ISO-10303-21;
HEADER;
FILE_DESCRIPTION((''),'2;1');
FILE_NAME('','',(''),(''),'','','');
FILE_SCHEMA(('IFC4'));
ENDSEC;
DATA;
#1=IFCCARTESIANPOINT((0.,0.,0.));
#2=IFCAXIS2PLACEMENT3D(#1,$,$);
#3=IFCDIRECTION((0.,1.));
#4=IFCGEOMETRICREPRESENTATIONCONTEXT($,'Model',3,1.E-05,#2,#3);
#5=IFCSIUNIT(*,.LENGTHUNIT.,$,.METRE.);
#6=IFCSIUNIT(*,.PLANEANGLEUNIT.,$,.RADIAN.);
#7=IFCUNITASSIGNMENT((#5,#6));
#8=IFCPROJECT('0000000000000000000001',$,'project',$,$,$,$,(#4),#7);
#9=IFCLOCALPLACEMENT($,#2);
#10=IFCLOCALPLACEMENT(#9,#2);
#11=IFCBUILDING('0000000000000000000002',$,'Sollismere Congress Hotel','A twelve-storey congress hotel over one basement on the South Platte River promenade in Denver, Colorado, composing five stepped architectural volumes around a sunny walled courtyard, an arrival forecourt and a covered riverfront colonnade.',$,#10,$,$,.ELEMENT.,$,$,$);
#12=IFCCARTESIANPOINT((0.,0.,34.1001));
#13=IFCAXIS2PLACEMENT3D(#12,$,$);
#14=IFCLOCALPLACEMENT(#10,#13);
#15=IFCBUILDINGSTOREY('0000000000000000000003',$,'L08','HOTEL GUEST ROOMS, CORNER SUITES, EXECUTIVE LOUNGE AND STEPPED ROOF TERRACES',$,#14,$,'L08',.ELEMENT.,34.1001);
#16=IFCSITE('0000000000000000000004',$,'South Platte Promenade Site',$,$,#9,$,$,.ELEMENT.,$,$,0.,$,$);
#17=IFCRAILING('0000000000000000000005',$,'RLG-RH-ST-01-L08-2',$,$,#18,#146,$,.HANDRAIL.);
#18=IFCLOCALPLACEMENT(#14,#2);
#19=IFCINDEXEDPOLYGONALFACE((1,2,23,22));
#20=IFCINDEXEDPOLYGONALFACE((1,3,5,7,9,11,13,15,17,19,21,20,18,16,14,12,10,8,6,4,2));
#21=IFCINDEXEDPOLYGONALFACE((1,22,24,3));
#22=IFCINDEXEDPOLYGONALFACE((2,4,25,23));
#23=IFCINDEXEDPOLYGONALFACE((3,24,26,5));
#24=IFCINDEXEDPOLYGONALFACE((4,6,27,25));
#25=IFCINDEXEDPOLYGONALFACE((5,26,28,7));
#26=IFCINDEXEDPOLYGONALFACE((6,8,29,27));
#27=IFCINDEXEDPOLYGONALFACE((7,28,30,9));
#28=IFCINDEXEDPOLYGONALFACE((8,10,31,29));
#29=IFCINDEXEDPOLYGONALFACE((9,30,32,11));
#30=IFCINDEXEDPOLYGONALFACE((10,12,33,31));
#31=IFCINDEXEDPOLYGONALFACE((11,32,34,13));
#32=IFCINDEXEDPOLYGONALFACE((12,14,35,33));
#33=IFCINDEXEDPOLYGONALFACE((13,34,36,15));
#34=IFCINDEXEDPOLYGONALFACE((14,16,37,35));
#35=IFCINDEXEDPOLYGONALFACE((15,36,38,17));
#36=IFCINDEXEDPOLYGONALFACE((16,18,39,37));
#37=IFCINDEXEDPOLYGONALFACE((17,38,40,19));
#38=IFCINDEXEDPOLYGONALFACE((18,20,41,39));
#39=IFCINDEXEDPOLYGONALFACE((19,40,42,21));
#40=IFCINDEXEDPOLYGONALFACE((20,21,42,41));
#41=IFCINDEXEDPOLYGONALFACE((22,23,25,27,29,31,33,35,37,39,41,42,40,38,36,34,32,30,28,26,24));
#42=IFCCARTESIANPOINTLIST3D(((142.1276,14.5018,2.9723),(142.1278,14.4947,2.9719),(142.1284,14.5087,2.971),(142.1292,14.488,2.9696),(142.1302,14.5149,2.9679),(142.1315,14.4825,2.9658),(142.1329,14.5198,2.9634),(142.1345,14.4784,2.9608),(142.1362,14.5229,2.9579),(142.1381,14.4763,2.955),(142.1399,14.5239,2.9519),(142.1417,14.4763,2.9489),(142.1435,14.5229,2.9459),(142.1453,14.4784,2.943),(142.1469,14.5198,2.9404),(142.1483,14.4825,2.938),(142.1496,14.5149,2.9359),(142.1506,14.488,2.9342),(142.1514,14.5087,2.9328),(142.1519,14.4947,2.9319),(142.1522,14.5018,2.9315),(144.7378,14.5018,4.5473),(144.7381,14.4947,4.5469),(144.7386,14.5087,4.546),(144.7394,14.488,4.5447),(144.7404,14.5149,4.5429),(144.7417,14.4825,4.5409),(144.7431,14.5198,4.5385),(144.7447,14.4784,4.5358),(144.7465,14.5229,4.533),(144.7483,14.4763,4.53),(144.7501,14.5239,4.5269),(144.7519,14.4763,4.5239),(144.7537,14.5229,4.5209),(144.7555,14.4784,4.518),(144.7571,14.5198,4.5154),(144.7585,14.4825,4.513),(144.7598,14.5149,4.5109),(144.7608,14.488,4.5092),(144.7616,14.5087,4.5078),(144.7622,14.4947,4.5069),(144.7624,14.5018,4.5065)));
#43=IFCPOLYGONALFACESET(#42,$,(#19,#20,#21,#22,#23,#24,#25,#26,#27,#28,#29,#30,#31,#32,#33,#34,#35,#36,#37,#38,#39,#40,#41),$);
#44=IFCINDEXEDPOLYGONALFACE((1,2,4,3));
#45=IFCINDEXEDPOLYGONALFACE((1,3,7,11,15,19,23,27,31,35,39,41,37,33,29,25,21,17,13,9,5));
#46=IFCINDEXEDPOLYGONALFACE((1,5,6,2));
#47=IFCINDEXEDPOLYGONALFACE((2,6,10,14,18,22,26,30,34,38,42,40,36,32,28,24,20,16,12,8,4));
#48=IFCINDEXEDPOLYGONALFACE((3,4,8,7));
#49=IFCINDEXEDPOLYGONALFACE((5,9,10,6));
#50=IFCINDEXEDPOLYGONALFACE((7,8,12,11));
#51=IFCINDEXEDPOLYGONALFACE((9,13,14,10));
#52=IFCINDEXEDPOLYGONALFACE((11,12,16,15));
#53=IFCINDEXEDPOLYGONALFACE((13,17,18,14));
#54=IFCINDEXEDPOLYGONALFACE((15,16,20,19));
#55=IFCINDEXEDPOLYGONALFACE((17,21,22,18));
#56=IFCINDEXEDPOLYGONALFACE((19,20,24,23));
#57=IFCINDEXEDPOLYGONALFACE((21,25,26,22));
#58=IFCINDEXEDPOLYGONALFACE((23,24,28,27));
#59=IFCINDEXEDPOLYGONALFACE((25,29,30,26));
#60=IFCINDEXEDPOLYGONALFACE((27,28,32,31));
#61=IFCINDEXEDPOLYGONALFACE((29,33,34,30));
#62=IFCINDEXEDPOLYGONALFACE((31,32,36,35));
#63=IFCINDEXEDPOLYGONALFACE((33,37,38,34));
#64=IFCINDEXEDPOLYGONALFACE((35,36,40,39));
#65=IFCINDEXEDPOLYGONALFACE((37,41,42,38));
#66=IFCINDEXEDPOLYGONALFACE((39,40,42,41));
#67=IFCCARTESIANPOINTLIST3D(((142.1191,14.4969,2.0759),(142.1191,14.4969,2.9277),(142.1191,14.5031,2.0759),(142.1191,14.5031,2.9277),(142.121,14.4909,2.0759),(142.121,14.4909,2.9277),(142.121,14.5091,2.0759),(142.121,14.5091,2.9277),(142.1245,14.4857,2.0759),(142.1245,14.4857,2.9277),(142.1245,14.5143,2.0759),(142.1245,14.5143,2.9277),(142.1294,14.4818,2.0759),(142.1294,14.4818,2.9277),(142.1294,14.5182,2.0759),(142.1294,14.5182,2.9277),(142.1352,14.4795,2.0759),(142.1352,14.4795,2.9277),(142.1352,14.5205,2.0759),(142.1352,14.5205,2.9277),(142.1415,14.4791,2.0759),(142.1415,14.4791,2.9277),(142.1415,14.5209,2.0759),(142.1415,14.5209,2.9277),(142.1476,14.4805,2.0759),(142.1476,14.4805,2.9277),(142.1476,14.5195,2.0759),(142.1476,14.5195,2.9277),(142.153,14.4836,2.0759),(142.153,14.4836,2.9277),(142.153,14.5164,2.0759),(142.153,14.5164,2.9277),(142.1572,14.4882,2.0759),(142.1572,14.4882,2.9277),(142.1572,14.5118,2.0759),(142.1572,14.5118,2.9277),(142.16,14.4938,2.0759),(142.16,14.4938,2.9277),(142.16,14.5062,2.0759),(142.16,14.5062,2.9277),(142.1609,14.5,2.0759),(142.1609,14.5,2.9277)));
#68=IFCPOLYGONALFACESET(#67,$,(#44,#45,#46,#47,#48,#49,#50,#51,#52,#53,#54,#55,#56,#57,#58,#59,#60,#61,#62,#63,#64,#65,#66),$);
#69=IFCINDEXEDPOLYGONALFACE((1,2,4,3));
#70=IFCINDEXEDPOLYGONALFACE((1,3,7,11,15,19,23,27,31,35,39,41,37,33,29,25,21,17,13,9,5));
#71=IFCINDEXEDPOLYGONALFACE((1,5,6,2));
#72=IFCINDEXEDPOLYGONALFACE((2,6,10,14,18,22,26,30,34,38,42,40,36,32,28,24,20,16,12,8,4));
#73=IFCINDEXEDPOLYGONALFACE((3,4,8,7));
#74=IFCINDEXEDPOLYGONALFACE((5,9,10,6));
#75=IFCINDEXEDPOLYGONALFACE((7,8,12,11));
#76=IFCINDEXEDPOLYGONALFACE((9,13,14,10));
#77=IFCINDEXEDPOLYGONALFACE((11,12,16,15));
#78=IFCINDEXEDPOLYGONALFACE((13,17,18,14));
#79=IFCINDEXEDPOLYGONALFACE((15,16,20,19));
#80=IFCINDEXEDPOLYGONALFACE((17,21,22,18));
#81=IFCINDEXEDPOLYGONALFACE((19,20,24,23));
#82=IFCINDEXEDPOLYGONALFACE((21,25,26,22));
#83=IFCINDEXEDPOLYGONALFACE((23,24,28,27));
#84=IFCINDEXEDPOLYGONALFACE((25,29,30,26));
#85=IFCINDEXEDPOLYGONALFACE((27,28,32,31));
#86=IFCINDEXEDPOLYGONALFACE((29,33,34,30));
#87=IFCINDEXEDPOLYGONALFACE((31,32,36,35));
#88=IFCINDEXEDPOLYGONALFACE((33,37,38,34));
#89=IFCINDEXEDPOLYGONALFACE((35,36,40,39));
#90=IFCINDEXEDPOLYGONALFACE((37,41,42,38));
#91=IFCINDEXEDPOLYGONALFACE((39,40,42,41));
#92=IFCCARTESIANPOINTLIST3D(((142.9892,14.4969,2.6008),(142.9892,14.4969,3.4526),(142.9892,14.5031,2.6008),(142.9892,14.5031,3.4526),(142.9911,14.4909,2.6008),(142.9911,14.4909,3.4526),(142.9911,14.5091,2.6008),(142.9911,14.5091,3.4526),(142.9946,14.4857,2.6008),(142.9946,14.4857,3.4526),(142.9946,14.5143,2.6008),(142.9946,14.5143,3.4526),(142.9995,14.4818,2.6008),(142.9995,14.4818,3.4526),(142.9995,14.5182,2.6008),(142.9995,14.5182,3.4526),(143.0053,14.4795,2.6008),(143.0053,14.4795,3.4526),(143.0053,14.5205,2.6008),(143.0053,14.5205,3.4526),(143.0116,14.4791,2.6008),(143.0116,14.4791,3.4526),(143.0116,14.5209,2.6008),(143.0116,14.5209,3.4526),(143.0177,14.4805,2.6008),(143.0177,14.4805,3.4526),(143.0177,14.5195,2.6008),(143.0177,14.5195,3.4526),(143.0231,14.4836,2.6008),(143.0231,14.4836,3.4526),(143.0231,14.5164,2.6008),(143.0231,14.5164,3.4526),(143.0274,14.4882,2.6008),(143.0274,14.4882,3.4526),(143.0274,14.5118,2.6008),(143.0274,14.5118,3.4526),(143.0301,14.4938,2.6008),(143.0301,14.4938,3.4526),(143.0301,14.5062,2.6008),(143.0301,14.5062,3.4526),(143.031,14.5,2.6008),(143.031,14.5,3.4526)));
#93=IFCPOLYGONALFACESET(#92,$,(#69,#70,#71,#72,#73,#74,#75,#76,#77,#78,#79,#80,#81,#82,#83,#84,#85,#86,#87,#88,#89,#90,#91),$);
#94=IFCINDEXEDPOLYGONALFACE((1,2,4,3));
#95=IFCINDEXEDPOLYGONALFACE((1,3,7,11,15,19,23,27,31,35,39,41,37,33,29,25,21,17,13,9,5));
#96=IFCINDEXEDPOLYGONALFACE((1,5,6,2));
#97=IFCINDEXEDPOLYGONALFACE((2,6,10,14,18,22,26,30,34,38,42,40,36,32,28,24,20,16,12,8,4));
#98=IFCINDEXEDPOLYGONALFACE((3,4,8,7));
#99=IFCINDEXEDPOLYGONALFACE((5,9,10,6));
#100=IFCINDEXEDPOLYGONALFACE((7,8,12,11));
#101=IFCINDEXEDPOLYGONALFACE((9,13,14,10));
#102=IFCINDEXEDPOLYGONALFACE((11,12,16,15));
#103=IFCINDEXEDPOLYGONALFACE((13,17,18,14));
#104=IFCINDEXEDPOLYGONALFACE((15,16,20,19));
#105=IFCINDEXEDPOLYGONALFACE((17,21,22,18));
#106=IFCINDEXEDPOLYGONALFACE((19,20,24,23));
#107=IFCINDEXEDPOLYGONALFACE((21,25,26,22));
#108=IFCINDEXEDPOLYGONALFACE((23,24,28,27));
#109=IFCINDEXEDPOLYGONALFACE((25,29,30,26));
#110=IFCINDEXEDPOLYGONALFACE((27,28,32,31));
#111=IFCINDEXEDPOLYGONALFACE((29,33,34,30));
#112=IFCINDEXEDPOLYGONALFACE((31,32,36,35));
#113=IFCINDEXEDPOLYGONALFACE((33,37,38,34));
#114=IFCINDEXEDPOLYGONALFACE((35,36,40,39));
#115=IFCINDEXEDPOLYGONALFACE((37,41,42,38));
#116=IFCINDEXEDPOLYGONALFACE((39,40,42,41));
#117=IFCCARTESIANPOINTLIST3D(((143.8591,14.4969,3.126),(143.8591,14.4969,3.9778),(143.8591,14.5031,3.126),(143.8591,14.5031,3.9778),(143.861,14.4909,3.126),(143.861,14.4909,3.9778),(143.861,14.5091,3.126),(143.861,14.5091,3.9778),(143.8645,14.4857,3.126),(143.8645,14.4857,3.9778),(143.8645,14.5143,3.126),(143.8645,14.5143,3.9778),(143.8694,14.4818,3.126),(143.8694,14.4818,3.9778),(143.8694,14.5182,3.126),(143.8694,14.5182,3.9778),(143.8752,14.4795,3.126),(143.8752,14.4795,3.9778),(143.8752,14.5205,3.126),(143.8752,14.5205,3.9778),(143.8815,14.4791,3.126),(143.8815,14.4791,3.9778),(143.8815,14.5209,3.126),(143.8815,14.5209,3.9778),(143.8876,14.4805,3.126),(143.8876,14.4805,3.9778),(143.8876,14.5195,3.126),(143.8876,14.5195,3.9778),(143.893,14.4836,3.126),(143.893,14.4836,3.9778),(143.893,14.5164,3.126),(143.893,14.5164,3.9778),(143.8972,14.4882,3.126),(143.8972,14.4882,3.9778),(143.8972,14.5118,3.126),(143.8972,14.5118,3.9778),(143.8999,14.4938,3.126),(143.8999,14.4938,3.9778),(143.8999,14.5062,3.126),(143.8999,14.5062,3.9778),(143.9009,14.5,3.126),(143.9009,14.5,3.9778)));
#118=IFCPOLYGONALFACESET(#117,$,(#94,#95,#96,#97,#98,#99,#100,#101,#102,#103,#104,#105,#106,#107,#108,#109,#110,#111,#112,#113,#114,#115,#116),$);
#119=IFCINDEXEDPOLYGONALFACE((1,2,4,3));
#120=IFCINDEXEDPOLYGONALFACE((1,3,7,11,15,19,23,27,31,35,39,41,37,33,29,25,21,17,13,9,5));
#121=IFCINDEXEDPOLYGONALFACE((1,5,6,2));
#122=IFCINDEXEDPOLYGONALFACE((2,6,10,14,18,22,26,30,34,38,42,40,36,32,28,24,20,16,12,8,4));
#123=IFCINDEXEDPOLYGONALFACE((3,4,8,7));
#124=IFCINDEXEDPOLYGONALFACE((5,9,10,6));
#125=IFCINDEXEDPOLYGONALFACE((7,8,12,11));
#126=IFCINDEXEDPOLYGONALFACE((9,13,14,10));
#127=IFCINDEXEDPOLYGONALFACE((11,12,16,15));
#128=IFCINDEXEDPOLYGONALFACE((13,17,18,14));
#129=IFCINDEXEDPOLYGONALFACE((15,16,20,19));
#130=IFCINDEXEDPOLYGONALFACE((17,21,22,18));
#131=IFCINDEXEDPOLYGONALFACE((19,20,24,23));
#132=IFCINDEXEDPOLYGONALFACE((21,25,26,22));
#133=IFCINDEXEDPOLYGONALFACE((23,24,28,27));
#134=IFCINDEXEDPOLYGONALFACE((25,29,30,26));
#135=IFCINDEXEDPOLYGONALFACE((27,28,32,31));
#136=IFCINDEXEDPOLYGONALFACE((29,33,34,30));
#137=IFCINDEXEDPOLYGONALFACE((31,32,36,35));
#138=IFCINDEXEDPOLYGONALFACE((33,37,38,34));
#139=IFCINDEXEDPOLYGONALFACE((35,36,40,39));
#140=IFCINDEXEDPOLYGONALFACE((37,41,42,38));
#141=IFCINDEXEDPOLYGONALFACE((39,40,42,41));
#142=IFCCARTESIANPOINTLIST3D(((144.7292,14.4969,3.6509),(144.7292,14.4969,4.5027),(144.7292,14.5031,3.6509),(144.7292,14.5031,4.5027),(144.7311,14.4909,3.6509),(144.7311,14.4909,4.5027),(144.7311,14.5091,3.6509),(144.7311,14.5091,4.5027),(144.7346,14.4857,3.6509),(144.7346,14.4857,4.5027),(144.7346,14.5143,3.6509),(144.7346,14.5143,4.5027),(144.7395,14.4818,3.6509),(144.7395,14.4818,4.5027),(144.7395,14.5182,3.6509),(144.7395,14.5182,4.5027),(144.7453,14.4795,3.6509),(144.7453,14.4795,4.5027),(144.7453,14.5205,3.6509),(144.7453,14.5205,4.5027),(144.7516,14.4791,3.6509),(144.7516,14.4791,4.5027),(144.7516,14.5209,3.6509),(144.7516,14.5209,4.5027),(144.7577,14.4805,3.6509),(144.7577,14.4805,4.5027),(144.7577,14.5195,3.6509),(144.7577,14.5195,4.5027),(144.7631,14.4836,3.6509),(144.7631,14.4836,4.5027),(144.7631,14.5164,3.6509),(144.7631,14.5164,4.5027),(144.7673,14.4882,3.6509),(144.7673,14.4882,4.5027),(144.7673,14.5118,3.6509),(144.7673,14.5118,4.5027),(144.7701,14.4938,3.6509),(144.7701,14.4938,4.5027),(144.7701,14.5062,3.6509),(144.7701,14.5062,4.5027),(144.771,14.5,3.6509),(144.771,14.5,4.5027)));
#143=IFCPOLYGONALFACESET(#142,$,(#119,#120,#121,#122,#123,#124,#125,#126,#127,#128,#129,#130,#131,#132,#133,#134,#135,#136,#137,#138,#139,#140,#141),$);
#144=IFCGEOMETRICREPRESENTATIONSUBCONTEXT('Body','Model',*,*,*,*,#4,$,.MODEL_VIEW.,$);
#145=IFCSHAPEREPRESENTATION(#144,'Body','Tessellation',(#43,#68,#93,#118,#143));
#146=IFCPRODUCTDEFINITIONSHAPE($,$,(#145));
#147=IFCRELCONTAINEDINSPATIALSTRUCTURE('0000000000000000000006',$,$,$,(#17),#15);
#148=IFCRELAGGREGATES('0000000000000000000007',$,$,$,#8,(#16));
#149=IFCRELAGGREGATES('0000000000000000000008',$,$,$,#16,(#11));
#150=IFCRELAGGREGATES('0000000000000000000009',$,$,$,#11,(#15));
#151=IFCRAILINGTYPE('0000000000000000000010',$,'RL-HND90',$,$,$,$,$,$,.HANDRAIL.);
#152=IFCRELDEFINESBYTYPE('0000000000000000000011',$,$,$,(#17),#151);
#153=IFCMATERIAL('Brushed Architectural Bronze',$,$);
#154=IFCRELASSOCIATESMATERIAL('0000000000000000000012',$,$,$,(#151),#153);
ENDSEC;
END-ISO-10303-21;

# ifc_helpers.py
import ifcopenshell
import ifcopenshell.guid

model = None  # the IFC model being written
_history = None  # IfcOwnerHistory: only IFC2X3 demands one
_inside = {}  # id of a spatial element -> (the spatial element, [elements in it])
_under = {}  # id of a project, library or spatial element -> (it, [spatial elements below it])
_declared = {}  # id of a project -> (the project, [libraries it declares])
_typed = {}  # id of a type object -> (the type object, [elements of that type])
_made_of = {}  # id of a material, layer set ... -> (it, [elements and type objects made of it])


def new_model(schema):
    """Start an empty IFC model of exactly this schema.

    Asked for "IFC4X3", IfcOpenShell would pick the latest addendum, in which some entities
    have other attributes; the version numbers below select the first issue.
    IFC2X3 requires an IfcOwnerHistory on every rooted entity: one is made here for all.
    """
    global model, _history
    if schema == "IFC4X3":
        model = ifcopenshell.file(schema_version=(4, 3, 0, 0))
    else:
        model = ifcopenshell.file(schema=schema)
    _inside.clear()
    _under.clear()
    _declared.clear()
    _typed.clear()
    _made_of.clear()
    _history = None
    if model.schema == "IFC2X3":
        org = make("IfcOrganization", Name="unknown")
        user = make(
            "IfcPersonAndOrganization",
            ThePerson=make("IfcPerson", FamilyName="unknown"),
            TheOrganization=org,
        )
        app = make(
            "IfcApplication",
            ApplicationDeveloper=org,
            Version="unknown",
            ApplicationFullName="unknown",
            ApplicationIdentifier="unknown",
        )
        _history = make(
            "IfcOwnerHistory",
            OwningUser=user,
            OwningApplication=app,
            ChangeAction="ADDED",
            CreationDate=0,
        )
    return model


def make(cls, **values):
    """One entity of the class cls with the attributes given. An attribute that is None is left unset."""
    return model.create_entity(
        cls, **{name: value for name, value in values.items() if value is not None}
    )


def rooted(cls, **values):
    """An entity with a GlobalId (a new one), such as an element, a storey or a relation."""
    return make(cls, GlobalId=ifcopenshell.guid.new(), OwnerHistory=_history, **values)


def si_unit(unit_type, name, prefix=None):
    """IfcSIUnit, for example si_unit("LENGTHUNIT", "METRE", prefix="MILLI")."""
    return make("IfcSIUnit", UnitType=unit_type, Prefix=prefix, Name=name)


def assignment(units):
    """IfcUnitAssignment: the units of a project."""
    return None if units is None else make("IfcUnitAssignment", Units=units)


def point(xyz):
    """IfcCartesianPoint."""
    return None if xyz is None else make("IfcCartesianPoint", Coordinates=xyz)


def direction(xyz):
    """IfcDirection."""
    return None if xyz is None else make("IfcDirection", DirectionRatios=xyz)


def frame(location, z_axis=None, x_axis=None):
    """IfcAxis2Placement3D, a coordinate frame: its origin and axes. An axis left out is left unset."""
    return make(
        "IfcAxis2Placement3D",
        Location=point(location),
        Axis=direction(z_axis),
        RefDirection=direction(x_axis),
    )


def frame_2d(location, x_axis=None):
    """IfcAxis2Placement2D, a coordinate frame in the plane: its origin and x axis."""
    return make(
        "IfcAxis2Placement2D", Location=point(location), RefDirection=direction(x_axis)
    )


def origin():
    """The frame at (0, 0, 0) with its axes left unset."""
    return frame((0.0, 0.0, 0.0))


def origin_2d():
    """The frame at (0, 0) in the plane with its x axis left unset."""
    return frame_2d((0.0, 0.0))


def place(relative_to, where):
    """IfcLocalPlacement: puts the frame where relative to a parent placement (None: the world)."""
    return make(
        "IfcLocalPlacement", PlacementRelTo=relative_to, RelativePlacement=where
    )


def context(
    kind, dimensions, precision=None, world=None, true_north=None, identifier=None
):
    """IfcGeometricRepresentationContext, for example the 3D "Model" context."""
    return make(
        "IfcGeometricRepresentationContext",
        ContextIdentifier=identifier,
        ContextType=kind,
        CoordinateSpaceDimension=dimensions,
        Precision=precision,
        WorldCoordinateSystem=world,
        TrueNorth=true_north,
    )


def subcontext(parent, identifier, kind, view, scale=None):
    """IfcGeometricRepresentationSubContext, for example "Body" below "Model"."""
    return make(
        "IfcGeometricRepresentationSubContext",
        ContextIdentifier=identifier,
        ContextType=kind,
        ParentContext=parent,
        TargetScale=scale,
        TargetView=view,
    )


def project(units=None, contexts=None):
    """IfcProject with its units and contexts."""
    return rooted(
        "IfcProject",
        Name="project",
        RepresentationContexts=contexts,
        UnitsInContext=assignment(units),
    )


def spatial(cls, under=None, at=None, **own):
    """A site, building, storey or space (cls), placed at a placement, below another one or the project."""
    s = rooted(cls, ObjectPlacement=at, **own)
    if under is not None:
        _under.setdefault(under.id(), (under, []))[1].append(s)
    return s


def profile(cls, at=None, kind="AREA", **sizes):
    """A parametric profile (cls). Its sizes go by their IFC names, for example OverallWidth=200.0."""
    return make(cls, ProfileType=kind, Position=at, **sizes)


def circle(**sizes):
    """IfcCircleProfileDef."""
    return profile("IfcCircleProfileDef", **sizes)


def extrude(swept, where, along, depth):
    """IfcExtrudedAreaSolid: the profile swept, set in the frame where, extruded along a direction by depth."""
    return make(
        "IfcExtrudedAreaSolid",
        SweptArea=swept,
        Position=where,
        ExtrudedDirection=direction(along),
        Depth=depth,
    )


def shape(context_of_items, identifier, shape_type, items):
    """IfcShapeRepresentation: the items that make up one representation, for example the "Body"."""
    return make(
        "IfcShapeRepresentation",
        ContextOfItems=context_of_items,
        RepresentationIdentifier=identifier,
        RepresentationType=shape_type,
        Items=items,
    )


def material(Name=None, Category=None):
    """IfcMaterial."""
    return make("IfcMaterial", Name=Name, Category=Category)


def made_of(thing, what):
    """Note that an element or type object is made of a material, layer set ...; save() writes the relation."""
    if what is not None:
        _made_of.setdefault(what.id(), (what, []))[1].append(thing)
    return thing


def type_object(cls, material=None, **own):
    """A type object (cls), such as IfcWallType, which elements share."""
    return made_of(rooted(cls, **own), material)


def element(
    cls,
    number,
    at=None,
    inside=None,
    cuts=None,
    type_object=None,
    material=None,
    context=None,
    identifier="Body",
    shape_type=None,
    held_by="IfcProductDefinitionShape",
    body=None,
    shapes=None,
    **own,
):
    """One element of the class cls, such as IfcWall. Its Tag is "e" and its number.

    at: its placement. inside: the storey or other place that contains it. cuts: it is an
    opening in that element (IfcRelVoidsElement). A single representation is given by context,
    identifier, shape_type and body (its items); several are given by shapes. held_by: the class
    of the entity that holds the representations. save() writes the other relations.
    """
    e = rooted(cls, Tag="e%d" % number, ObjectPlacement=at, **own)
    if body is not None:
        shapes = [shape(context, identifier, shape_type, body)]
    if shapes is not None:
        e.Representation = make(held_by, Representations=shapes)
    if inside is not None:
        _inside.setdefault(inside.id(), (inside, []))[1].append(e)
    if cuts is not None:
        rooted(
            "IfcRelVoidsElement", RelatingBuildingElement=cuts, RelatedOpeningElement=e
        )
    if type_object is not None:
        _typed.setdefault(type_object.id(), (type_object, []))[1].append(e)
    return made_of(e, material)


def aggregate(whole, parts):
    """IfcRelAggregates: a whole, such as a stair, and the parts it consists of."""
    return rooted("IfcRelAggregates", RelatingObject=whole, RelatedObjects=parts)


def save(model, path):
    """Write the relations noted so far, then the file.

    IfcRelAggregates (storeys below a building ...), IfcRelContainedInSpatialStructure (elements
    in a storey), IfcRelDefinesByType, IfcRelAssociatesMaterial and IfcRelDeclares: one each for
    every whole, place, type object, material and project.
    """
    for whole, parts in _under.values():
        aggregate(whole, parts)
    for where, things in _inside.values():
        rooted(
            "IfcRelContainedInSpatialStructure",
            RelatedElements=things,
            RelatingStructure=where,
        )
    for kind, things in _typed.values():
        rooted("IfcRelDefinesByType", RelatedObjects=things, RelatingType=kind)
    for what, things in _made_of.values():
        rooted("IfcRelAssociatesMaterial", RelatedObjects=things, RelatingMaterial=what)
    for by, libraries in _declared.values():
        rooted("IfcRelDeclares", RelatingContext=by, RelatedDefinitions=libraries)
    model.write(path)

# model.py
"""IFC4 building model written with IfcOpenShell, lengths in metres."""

from ifc_helpers import new_model, si_unit, direction, frame, origin, origin_2d, place, context, subcontext, project, spatial, circle, extrude, material, type_object, element, save


model = new_model("IFC4")

# Units and contexts
model_context = context("Model", 3, precision=1e-05, world=origin(), true_north=direction((0.0, 1.0)))
body_context = subcontext(model_context, "Body", "Model", "MODEL_VIEW")
ifc_project = project(units=[si_unit("LENGTHUNIT", "METRE"), si_unit("PLANEANGLEUNIT", "RADIAN")], contexts=[model_context])

# Site, building, storey
site_placement = place(None, origin())
site = spatial("IfcSite", under=ifc_project, at=site_placement, Name="South Platte Promenade Site", CompositionType="ELEMENT", RefElevation=0.0)
building_placement = place(site_placement, origin())
building = spatial("IfcBuilding", under=site, at=building_placement, Name="Sollismere Congress Hotel", Description="A twelve-storey congress hotel over one basement on the South Platte River promenade in Denver, Colorado, composing five stepped architectural volumes around a sunny walled courtyard, an arrival forecourt and a covered riverfront colonnade.", CompositionType="ELEMENT")
storey_placement = place(building_placement, frame((0.0, 0.0, 34.1001)))
storey = spatial("IfcBuildingStorey", under=building, at=storey_placement, Name="L08", Description="HOTEL GUEST ROOMS, CORNER SUITES, EXECUTIVE LOUNGE AND STEPPED ROOF TERRACES", LongName="L08", CompositionType="ELEMENT", Elevation=34.1001)

# Railing
ifc_material_1 = material(Name="Brushed Architectural Bronze")
railing_type_1 = type_object("IfcRailingType", Name="RL-HND90", PredefinedType="HANDRAIL", material=ifc_material_1)
railing_1_placement = place(storey_placement, frame((142.1399, 14.5, 2.0759)))
element("IfcRailing", 1, at=railing_1_placement, inside=storey, type_object=railing_type_1, Name="RLG-RH-ST-01-L08-2", PredefinedType="HANDRAIL", context=body_context, shape_type="SweptSolid", body=[
    extrude(circle(Radius=0.0239, at=origin_2d()), frame((0.0, 0.0, 0.876), z_axis=(0.856204, 0.0, 0.516638), x_axis=(0.0, 1.0, 0.0)), (0.0, 0.0, 1.0), 3.0486),
    extrude(circle(Radius=0.021, at=origin_2d()), origin(), (0.0, 0.0, 1.0), 0.8518),
    extrude(circle(Radius=0.021, at=origin_2d()), frame((0.8701, 0.0, 0.5249)), (0.0, 0.0, 1.0), 0.8518),
    extrude(circle(Radius=0.021, at=origin_2d()), frame((1.74, 0.0, 1.05)), (0.0, 0.0, 1.0), 0.8518),
    extrude(circle(Radius=0.021, at=origin_2d()), frame((2.6101, 0.0, 1.575)), (0.0, 0.0, 1.0), 0.8518),
])

save(model, "model.ifc")
